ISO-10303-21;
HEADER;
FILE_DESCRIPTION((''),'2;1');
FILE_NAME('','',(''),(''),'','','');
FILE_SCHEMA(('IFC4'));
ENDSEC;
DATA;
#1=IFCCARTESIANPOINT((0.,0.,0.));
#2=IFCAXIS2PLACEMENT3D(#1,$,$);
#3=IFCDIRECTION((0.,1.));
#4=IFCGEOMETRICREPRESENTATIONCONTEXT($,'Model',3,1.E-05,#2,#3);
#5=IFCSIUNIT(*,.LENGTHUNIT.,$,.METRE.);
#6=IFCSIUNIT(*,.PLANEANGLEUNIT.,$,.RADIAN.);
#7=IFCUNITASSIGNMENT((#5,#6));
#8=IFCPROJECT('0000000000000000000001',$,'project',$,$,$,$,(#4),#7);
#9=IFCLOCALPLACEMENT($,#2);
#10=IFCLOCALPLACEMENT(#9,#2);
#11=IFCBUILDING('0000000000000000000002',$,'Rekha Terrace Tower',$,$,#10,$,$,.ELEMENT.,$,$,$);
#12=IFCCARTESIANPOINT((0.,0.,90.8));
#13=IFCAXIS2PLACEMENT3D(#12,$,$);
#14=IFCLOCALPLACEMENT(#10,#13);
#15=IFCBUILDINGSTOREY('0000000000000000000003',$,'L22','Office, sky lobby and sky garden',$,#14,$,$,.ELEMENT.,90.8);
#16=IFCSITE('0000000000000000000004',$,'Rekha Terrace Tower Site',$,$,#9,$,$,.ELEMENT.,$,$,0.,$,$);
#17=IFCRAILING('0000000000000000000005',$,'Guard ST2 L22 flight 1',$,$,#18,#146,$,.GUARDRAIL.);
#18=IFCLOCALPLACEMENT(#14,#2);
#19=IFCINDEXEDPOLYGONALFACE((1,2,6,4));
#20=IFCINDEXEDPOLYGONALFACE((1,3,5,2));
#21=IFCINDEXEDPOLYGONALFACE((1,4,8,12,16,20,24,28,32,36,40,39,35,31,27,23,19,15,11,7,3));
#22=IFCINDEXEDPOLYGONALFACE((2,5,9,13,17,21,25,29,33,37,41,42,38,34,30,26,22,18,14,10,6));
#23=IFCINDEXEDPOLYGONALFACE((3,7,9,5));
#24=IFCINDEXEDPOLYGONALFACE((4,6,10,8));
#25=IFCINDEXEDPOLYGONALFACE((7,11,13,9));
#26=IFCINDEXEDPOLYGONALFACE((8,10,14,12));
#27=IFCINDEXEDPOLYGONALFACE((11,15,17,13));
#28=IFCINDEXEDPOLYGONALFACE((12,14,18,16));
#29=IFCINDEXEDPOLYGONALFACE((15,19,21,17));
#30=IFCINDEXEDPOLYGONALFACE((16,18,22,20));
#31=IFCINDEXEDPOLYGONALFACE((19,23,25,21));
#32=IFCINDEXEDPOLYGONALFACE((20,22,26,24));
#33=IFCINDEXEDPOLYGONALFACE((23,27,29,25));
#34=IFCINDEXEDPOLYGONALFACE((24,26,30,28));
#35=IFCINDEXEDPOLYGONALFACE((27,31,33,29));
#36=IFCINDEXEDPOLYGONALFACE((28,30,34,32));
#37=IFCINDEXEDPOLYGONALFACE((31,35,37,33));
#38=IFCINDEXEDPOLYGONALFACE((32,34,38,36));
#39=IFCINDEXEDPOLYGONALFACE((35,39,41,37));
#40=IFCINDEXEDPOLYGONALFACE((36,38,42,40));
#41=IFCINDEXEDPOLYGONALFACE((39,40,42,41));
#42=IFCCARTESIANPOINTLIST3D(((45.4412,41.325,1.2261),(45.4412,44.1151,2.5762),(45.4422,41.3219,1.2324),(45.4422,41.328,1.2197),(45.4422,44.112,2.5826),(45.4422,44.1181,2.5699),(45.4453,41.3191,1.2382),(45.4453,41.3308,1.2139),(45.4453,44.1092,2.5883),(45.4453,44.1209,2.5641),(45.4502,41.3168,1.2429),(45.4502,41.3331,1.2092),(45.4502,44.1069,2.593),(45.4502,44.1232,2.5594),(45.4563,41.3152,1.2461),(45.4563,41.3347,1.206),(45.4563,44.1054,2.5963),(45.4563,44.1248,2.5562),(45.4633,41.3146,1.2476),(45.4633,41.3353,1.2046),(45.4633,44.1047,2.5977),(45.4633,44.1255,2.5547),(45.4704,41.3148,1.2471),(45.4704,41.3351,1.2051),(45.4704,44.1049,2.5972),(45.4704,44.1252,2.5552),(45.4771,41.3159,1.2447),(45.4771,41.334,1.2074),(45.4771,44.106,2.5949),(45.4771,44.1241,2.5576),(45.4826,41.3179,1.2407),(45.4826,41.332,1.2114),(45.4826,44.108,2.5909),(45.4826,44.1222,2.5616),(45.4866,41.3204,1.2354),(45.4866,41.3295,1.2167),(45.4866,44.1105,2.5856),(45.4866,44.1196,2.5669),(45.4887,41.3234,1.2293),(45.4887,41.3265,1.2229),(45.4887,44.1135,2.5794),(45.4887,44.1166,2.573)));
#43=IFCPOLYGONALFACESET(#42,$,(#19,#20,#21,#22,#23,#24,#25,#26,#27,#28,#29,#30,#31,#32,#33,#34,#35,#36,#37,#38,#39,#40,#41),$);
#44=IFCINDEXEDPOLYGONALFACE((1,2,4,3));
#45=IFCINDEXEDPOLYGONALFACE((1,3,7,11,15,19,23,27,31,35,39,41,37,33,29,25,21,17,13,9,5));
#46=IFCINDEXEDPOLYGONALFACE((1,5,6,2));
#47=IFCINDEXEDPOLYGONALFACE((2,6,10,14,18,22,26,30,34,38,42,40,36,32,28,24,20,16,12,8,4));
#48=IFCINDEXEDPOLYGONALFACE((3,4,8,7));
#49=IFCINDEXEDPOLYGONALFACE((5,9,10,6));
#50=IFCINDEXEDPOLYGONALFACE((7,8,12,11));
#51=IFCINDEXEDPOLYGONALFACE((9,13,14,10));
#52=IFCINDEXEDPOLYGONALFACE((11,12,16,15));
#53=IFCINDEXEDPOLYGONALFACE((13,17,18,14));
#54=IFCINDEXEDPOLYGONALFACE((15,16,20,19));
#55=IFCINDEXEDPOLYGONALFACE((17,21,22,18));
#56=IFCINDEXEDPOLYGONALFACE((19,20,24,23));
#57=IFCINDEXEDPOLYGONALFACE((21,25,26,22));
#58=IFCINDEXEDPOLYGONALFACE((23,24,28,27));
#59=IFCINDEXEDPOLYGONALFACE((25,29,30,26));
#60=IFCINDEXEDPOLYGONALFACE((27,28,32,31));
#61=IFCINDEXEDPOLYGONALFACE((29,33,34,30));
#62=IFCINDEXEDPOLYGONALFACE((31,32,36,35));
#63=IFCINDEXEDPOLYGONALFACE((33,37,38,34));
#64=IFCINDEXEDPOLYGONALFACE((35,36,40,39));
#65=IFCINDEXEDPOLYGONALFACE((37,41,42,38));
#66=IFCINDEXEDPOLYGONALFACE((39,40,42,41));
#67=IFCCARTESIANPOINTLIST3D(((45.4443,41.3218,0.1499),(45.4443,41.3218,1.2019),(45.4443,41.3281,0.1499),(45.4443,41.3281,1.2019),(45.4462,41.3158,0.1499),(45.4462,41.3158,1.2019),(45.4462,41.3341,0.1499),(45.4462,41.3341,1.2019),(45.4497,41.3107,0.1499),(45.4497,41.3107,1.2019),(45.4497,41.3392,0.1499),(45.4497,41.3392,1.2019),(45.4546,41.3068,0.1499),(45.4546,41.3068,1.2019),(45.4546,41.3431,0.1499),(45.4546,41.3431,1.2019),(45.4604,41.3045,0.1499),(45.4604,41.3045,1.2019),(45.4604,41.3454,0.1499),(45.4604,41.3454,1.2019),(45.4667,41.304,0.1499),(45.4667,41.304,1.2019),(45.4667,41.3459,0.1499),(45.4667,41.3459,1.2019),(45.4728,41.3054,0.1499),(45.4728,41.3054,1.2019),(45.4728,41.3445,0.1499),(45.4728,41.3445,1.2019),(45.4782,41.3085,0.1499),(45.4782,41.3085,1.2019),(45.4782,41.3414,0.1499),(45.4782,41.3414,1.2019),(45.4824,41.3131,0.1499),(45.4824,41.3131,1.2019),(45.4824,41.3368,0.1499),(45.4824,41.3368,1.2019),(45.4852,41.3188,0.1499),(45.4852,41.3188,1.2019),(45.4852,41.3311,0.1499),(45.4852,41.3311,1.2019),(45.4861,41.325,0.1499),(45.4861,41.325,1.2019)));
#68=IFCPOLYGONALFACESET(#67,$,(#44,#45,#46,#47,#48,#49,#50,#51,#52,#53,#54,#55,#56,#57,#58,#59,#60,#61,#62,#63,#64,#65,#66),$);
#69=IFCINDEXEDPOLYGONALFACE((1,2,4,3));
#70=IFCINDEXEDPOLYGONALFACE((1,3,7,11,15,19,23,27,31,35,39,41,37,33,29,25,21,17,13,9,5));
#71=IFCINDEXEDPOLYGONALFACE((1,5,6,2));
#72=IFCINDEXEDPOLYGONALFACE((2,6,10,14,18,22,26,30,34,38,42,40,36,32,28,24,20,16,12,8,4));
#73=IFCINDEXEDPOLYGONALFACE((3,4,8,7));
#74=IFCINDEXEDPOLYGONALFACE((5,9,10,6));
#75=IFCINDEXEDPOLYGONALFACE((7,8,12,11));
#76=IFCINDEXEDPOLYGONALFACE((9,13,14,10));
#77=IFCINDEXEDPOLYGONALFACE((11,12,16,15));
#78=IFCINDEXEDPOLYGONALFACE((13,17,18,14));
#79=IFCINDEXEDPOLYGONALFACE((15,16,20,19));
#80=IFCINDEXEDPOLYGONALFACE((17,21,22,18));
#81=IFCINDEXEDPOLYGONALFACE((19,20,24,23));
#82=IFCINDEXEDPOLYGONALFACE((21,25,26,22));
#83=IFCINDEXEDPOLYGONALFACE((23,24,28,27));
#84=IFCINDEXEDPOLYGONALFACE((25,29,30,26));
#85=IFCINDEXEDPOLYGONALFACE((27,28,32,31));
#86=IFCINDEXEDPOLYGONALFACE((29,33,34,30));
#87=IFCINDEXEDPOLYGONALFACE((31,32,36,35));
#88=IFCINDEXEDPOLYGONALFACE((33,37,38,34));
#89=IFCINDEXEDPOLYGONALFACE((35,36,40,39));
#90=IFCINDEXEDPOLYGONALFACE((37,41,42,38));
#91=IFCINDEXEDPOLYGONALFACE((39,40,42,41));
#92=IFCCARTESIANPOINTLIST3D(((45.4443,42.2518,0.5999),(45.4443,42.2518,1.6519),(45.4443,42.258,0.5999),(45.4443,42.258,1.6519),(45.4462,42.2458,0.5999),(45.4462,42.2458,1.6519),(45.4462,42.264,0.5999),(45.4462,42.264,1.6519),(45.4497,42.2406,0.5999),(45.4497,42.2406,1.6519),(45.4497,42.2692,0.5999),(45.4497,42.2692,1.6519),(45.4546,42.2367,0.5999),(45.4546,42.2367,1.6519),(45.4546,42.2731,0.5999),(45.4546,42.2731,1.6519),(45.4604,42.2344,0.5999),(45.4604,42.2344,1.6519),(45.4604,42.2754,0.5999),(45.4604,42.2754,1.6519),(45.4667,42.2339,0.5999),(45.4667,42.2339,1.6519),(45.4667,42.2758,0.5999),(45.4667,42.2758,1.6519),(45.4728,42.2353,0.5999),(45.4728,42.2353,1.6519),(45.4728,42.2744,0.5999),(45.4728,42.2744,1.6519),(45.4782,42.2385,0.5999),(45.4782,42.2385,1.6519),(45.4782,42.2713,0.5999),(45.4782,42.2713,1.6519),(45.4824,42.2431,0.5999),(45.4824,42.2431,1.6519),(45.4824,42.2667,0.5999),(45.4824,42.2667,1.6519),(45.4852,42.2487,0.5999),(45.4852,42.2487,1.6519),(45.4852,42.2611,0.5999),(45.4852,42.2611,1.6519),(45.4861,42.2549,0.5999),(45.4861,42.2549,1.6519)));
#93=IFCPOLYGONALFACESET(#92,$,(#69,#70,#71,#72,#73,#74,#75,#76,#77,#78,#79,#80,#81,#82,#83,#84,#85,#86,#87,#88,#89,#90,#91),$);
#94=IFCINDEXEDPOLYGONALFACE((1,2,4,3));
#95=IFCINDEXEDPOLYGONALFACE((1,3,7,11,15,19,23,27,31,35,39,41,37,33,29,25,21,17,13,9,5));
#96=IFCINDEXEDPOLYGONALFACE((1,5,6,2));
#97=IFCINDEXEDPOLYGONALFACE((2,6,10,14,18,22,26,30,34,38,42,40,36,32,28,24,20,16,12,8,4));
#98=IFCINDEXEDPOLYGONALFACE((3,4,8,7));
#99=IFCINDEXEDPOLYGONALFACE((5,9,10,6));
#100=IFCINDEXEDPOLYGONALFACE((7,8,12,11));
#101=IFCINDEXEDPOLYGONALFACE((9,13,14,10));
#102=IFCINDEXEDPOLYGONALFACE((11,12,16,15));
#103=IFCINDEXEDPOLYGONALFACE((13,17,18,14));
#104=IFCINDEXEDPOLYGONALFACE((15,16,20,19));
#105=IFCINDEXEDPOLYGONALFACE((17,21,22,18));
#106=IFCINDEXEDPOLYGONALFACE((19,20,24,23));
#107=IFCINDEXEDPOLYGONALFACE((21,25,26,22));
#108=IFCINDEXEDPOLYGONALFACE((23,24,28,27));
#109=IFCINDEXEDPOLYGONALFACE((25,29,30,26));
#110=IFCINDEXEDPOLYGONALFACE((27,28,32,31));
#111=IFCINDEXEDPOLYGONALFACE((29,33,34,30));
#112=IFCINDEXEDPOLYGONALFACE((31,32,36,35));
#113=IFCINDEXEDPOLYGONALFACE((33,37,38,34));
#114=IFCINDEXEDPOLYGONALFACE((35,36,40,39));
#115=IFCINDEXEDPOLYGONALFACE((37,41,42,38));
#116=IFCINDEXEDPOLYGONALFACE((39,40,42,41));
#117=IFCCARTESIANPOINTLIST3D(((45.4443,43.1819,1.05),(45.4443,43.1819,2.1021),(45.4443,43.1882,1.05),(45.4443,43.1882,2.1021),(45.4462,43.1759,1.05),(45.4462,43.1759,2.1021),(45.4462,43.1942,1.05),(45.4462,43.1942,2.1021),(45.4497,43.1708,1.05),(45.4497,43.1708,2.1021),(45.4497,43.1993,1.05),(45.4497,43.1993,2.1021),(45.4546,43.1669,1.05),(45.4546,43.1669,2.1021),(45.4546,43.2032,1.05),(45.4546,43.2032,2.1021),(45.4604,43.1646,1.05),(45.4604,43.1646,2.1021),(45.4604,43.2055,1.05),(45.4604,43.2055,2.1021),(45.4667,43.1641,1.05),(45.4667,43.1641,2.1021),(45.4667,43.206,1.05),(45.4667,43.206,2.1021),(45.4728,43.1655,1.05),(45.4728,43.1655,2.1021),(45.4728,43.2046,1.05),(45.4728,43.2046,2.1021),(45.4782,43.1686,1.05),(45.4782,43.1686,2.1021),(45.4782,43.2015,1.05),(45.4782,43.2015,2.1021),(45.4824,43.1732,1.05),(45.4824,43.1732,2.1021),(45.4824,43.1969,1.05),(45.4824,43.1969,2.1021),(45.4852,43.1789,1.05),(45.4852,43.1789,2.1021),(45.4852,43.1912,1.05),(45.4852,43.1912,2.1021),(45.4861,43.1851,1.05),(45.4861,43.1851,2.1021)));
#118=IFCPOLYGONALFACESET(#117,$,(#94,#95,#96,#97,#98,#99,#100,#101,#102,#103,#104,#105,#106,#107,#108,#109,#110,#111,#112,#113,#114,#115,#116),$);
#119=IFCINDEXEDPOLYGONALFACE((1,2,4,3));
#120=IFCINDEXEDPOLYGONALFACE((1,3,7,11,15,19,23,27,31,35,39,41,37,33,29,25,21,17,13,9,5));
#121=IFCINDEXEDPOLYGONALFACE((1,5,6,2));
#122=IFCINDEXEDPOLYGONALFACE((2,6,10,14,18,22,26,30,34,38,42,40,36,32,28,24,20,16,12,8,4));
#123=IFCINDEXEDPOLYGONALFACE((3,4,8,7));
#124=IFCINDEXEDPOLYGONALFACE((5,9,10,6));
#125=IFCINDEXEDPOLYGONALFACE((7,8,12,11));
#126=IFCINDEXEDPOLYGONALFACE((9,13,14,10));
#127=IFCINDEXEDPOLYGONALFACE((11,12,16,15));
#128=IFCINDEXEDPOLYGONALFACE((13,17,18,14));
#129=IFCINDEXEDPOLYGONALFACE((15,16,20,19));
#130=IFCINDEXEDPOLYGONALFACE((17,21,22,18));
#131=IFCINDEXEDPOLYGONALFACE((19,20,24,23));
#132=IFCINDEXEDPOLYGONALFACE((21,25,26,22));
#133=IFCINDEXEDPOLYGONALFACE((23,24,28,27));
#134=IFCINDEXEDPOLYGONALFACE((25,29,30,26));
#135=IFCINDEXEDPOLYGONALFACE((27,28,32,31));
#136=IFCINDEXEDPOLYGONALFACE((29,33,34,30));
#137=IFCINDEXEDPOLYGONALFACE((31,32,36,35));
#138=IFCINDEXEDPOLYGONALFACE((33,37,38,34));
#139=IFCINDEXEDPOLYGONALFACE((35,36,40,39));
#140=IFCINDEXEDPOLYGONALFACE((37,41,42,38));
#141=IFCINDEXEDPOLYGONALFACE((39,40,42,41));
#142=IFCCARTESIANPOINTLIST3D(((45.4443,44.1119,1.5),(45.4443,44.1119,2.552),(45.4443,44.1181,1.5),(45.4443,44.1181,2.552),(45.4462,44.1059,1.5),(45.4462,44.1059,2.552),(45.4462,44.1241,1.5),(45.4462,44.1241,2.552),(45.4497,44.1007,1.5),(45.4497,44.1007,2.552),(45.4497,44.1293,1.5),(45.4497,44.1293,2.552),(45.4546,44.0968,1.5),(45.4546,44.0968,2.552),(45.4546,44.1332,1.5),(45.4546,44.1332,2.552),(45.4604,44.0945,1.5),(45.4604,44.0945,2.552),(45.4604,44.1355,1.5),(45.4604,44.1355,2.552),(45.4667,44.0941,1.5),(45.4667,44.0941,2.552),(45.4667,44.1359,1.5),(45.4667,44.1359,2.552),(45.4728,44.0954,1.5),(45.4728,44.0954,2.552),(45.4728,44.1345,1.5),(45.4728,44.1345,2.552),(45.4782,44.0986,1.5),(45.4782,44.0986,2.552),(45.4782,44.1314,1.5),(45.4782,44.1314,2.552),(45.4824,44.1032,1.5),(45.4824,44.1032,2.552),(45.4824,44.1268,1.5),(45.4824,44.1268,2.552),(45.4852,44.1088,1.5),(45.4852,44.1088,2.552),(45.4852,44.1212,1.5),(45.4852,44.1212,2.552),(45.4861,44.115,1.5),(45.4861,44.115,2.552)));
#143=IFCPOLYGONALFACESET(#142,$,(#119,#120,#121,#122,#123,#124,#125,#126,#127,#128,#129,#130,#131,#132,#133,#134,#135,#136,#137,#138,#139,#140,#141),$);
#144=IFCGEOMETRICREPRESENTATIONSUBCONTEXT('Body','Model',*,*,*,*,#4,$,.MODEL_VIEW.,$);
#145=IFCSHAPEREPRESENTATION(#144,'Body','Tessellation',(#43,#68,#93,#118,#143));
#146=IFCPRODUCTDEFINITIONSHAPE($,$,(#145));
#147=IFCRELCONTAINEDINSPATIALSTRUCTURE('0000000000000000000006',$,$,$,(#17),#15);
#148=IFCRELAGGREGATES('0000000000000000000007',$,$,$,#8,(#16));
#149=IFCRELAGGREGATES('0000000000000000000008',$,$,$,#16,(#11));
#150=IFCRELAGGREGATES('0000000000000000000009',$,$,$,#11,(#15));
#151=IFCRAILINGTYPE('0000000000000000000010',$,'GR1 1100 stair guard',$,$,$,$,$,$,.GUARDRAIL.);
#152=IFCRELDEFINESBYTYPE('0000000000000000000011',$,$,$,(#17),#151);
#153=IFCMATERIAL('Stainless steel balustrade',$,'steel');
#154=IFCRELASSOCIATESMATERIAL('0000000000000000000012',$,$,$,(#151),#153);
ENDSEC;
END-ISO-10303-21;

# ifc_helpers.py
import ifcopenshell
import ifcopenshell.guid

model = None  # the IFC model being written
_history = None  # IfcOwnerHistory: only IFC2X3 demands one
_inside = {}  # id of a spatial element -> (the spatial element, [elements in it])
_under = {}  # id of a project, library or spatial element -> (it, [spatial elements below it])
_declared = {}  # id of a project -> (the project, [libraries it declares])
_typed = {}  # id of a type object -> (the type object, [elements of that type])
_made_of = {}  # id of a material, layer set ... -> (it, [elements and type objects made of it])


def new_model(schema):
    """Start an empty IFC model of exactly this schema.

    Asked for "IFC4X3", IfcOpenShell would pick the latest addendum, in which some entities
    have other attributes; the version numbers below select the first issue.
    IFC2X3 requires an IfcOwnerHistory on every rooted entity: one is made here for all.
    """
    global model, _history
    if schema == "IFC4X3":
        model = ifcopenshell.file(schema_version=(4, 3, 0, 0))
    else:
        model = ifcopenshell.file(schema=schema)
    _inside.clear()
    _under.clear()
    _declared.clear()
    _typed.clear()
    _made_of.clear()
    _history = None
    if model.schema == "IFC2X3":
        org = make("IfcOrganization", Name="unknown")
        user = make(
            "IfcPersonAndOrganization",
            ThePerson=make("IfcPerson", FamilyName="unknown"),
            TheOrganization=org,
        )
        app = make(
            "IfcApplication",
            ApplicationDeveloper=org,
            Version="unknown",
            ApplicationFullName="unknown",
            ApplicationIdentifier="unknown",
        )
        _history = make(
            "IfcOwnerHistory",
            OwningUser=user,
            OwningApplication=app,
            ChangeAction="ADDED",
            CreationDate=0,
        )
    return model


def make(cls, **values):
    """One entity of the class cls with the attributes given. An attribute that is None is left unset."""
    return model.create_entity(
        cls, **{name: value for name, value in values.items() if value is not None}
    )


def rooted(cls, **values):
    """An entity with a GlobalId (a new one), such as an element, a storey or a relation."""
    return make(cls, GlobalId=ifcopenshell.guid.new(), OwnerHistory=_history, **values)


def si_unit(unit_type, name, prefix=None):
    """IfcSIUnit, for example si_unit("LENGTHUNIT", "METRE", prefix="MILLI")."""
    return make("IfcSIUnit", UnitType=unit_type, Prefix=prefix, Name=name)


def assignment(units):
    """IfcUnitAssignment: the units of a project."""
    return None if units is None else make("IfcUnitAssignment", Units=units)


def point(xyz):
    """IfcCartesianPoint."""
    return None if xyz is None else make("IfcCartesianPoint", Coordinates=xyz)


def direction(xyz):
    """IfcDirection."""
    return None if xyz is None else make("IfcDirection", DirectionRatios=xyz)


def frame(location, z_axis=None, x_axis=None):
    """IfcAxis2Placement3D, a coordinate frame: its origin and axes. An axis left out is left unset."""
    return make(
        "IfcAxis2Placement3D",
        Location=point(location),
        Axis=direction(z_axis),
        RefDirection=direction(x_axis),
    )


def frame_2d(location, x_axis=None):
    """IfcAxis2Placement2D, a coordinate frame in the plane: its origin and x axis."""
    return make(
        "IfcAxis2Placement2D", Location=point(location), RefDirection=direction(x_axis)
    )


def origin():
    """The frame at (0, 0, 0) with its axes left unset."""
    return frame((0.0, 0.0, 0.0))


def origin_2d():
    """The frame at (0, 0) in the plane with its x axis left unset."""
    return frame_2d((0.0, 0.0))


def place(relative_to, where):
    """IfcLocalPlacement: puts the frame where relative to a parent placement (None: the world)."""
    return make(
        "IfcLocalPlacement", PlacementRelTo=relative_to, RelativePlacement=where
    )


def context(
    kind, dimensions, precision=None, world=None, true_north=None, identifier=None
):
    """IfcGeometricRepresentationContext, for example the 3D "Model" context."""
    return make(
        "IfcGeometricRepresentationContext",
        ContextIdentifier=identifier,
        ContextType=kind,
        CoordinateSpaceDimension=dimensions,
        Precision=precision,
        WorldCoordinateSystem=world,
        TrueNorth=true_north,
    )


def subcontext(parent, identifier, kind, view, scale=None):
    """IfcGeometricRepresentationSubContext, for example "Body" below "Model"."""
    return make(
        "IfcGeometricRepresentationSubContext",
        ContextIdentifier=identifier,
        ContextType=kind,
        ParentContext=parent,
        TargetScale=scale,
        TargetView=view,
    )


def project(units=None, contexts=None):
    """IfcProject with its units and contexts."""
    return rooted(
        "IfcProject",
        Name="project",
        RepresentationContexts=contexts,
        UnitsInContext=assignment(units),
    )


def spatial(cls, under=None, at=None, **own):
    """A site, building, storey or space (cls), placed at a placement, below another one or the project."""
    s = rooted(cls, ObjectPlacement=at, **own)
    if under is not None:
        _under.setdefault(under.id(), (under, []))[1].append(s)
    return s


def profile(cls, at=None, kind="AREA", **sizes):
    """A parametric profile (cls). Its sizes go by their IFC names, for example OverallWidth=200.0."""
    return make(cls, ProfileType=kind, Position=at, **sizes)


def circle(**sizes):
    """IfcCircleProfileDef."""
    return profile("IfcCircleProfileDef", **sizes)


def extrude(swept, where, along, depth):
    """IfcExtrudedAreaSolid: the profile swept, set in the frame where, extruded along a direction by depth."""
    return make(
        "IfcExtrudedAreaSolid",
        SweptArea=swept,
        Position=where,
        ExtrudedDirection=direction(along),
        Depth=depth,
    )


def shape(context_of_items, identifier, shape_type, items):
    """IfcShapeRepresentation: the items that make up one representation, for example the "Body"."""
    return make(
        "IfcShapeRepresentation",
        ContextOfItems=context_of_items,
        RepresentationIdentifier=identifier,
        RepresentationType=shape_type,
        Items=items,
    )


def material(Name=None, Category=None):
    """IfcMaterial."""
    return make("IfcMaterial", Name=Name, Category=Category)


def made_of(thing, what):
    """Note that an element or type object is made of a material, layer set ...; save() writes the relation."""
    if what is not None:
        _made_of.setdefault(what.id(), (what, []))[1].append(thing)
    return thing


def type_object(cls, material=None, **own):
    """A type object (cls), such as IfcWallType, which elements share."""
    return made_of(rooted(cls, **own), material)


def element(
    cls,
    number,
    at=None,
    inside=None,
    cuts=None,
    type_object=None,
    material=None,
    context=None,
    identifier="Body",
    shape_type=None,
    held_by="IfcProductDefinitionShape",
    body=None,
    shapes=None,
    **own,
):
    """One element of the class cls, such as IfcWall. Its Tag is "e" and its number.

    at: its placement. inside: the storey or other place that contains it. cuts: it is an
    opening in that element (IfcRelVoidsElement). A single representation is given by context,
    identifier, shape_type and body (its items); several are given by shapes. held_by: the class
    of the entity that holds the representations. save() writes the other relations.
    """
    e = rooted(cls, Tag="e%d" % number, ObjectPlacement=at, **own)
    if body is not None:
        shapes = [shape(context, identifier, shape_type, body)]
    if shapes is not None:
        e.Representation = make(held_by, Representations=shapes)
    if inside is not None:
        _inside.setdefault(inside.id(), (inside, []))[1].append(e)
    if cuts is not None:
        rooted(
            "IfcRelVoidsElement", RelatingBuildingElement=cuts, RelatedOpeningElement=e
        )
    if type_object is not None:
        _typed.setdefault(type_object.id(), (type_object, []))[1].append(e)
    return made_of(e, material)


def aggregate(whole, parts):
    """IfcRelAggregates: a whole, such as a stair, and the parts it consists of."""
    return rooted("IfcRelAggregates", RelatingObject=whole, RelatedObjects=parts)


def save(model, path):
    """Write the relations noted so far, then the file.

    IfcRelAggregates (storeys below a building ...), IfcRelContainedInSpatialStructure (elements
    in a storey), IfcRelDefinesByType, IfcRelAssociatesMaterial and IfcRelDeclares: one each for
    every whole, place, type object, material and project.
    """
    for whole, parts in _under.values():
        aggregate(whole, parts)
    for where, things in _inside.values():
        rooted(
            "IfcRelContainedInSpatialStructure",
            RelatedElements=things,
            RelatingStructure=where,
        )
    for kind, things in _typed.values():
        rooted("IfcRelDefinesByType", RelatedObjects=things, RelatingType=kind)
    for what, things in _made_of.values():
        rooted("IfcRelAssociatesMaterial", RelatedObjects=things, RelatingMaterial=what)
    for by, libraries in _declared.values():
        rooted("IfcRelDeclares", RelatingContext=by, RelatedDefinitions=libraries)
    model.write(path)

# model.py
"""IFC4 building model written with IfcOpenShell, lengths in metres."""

from ifc_helpers import new_model, si_unit, direction, frame, origin, origin_2d, place, context, subcontext, project, spatial, circle, extrude, material, type_object, element, save


model = new_model("IFC4")

# Units and contexts
model_context = context("Model", 3, precision=1e-05, world=origin(), true_north=direction((0.0, 1.0)))
body_context = subcontext(model_context, "Body", "Model", "MODEL_VIEW")
ifc_project = project(units=[si_unit("LENGTHUNIT", "METRE"), si_unit("PLANEANGLEUNIT", "RADIAN")], contexts=[model_context])

# Site, building, storey
site_placement = place(None, origin())
site = spatial("IfcSite", under=ifc_project, at=site_placement, Name="Rekha Terrace Tower Site", CompositionType="ELEMENT", RefElevation=0.0)
building_placement = place(site_placement, origin())
building = spatial("IfcBuilding", under=site, at=building_placement, Name="Rekha Terrace Tower", CompositionType="ELEMENT")
storey_placement = place(building_placement, frame((0.0, 0.0, 90.8)))
storey = spatial("IfcBuildingStorey", under=building, at=storey_placement, Name="L22", Description="Office, sky lobby and sky garden", CompositionType="ELEMENT", Elevation=90.8)

# Railing
ifc_material_1 = material(Name="Stainless steel balustrade", Category="steel")
railing_type_1 = type_object("IfcRailingType", Name="GR1 1100 stair guard", PredefinedType="GUARDRAIL", material=ifc_material_1)
railing_1_placement = place(storey_placement, frame((45.4651, 41.325, 0.1499)))
element("IfcRailing", 1, at=railing_1_placement, inside=storey, type_object=railing_type_1, Name="Guard ST2 L22 flight 1", PredefinedType="GUARDRAIL", context=body_context, shape_type="SweptSolid", body=[
    extrude(circle(Radius=0.0239, at=origin_2d()), frame((0.0, 0.0, 1.0762), z_axis=(0.0, 0.900149, 0.435582), x_axis=(-1.0, 0.0, 0.0)), (0.0, 0.0, 1.0), 3.0996),
    extrude(circle(Radius=0.021, at=origin_2d()), origin(), (0.0, 0.0, 1.0), 1.052),
    extrude(circle(Radius=0.021, at=origin_2d()), frame((0.0, 0.9299, 0.45)), (0.0, 0.0, 1.0), 1.052),
    extrude(circle(Radius=0.021, at=origin_2d()), frame((0.0, 1.8601, 0.9001)), (0.0, 0.0, 1.0), 1.052),
    extrude(circle(Radius=0.021, at=origin_2d()), frame((0.0, 2.79, 1.3501)), (0.0, 0.0, 1.0), 1.052),
])

save(model, "model.ifc")
